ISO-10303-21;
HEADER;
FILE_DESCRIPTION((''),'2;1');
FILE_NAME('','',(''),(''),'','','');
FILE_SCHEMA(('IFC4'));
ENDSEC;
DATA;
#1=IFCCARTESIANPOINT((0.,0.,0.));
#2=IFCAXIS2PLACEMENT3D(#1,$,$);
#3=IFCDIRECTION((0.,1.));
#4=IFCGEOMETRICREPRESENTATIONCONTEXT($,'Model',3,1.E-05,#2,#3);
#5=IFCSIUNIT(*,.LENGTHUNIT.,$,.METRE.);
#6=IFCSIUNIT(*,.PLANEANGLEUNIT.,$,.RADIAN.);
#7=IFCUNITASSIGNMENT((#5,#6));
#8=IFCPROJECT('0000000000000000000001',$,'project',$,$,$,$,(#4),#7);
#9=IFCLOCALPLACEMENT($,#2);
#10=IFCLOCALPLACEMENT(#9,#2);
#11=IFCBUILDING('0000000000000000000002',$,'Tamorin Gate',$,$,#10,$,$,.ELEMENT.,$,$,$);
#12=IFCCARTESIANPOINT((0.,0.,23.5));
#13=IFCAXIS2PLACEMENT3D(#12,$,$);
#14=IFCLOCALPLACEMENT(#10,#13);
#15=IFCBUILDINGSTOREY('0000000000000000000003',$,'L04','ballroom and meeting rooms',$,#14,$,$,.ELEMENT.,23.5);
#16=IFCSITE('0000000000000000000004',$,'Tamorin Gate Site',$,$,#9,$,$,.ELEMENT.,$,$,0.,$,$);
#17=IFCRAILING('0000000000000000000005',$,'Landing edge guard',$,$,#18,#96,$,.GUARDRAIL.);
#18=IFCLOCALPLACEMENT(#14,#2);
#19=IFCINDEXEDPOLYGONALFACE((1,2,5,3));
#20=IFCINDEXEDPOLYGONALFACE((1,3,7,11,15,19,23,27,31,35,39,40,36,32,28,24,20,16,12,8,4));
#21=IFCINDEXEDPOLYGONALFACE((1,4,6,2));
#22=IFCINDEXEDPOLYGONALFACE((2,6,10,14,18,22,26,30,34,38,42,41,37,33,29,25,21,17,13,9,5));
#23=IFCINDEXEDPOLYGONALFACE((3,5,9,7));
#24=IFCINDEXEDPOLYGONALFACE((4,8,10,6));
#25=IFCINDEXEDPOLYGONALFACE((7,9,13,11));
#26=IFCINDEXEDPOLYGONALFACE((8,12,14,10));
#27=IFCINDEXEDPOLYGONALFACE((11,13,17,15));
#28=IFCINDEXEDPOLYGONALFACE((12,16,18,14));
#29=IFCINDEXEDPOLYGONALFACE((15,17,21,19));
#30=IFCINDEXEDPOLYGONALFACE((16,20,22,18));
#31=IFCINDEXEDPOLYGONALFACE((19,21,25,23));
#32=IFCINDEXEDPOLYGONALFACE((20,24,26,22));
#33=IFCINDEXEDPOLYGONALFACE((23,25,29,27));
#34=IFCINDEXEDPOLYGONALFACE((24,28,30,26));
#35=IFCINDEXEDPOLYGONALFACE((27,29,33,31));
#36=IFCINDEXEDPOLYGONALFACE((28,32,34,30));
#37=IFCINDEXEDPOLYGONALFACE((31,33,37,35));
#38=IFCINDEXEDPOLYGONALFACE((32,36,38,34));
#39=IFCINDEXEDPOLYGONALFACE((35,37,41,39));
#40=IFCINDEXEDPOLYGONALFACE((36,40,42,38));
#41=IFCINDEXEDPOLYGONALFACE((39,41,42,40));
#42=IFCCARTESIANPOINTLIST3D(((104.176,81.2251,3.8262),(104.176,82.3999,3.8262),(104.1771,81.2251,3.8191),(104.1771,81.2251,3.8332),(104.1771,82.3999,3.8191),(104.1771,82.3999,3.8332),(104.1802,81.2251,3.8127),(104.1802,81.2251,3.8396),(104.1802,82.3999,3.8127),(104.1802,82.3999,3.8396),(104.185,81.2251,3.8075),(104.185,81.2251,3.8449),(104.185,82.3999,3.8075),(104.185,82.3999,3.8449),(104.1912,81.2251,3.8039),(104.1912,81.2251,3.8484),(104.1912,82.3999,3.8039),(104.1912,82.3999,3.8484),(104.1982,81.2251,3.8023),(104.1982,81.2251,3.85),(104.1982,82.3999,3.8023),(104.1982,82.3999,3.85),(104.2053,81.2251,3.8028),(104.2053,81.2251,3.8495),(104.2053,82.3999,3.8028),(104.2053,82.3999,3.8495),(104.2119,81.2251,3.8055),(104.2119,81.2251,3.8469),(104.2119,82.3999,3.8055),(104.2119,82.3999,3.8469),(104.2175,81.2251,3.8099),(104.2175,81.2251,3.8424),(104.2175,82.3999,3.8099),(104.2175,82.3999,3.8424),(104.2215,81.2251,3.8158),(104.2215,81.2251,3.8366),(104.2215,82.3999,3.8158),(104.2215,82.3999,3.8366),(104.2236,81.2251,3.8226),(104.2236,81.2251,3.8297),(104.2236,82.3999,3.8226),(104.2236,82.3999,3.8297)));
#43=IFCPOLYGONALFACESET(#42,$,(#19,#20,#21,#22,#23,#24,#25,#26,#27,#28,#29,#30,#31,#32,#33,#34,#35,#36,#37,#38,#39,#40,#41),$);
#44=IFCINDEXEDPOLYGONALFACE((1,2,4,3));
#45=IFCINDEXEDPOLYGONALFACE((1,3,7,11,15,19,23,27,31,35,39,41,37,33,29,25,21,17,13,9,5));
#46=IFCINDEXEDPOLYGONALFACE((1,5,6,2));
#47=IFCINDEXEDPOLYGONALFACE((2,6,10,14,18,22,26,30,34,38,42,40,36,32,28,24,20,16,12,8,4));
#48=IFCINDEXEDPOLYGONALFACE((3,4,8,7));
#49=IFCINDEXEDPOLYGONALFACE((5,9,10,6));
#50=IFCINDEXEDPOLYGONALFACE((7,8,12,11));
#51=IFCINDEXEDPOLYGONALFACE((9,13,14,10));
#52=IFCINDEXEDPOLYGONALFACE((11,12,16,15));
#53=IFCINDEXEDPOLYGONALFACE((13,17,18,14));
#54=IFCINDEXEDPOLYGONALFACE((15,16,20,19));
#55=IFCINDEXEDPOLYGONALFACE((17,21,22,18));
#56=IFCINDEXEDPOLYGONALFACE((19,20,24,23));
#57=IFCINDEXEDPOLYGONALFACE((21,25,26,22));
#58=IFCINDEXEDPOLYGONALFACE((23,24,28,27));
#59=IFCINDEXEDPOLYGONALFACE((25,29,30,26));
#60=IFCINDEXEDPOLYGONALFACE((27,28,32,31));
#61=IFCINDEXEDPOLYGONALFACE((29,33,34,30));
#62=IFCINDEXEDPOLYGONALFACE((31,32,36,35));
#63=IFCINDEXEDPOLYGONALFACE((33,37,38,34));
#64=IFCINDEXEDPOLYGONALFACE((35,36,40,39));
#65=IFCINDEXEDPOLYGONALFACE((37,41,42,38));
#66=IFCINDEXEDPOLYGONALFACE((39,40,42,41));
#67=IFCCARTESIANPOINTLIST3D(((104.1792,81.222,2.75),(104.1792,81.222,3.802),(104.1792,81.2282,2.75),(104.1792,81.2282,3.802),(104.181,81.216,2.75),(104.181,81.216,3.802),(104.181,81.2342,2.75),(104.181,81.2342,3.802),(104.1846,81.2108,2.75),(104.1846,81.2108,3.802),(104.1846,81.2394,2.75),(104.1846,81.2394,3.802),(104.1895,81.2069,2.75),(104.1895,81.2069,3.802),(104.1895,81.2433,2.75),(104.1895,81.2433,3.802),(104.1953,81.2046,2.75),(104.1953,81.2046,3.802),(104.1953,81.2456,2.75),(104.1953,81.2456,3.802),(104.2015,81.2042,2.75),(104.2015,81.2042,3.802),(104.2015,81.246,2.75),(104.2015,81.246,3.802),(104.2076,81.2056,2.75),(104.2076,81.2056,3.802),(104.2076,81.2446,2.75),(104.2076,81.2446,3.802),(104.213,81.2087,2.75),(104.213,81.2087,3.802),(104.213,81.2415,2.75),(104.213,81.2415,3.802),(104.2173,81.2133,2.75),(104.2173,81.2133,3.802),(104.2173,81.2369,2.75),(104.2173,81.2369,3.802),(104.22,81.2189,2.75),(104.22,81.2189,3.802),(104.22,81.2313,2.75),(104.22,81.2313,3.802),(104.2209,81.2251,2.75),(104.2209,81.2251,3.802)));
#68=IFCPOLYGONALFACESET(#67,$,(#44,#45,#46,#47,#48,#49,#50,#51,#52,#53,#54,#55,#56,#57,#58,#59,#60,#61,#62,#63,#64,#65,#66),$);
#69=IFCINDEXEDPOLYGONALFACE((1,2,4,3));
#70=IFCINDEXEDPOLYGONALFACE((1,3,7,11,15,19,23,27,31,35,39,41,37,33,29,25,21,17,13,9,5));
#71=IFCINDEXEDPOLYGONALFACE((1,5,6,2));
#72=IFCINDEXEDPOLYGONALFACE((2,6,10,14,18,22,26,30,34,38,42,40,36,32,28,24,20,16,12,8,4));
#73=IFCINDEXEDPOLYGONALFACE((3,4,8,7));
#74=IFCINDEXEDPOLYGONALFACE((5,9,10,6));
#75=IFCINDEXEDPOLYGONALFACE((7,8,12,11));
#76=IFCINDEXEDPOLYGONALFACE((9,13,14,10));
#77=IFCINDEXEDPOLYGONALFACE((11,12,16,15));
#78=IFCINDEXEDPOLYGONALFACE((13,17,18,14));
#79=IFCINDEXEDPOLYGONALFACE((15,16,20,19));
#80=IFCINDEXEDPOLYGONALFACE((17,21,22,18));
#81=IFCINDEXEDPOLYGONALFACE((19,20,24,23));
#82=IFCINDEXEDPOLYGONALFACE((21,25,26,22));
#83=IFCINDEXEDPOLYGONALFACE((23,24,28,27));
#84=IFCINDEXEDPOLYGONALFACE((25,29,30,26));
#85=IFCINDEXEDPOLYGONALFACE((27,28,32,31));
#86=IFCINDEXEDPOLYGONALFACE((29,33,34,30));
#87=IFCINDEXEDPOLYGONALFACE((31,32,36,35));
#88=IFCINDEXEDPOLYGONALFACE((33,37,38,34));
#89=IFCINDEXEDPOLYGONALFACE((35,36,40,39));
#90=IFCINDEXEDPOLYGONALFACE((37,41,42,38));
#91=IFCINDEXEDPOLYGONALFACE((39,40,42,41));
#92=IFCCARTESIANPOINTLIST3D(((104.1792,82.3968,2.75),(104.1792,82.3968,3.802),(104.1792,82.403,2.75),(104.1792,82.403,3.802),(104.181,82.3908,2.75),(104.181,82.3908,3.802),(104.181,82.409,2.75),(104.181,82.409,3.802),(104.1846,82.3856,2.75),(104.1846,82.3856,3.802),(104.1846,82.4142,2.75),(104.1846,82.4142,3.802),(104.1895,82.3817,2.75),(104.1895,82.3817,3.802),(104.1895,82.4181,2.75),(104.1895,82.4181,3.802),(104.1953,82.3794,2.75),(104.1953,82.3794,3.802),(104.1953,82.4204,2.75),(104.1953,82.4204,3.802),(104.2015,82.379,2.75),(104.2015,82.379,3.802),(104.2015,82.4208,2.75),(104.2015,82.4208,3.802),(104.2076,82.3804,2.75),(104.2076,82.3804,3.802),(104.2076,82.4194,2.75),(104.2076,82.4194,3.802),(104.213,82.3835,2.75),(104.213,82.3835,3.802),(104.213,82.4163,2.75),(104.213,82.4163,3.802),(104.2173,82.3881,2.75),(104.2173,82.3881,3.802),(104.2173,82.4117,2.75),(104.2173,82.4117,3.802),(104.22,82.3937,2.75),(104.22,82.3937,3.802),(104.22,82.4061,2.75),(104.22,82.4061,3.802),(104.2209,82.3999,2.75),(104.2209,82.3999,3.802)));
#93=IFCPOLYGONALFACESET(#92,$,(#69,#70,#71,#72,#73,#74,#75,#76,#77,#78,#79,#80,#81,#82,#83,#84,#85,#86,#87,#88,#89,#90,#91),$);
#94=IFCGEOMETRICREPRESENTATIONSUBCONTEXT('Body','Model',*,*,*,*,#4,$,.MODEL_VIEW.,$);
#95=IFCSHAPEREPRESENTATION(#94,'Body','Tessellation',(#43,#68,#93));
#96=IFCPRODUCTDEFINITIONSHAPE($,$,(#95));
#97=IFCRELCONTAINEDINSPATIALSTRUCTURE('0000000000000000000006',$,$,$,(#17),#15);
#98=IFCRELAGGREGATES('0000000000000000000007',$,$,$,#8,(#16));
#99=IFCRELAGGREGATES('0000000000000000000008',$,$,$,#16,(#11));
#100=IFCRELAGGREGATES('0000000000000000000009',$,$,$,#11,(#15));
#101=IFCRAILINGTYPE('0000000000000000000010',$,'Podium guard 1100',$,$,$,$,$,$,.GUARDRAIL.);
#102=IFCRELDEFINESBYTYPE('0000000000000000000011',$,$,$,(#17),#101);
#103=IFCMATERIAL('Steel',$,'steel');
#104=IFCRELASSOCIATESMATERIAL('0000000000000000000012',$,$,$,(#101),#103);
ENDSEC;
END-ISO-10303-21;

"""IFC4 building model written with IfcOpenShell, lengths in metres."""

from ifc_helpers import new_model, si_unit, direction, frame, origin, origin_2d, place, context, subcontext, project, spatial, circle, extrude, material, type_object, element, save


model = new_model("IFC4")

# Units and contexts
model_context = context("Model", 3, precision=1e-05, world=origin(), true_north=direction((0.0, 1.0)))
body_context = subcontext(model_context, "Body", "Model", "MODEL_VIEW")
ifc_project = project(units=[si_unit("LENGTHUNIT", "METRE"), si_unit("PLANEANGLEUNIT", "RADIAN")], contexts=[model_context])

# Site, building, storey
site_placement = place(None, origin())
site = spatial("IfcSite", under=ifc_project, at=site_placement, Name="Tamorin Gate Site", CompositionType="ELEMENT", RefElevation=0.0)
building_placement = place(site_placement, origin())
building = spatial("IfcBuilding", under=site, at=building_placement, Name="Tamorin Gate", CompositionType="ELEMENT")
storey_placement = place(building_placement, frame((0.0, 0.0, 23.5)))
storey = spatial("IfcBuildingStorey", under=building, at=storey_placement, Name="L04", Description="ballroom and meeting rooms", CompositionType="ELEMENT", Elevation=23.5)

# Railing
ifc_material_1 = material(Name="Steel", Category="steel")
railing_type_1 = type_object("IfcRailingType", Name="Podium guard 1100", PredefinedType="GUARDRAIL", material=ifc_material_1)
railing_1_placement = place(storey_placement, frame((104.2, 81.2251, 2.75)))
element("IfcRailing", 1, at=railing_1_placement, inside=storey, type_object=railing_type_1, Name="Landing edge guard", PredefinedType="GUARDRAIL", context=body_context, shape_type="SweptSolid", body=[
    extrude(circle(Radius=0.0239, at=origin_2d()), frame((0.0, 0.0, 1.0762), z_axis=(0.0, 1.0, 0.0), x_axis=(-1.0, 0.0, 0.0)), (0.0, 0.0, 1.0), 1.1748),
    extrude(circle(Radius=0.021, at=origin_2d()), origin(), (0.0, 0.0, 1.0), 1.052),
    extrude(circle(Radius=0.021, at=origin_2d()), frame((0.0, 1.1748, 0.0)), (0.0, 0.0, 1.0), 1.052),
])

save(model, "model.ifc")
